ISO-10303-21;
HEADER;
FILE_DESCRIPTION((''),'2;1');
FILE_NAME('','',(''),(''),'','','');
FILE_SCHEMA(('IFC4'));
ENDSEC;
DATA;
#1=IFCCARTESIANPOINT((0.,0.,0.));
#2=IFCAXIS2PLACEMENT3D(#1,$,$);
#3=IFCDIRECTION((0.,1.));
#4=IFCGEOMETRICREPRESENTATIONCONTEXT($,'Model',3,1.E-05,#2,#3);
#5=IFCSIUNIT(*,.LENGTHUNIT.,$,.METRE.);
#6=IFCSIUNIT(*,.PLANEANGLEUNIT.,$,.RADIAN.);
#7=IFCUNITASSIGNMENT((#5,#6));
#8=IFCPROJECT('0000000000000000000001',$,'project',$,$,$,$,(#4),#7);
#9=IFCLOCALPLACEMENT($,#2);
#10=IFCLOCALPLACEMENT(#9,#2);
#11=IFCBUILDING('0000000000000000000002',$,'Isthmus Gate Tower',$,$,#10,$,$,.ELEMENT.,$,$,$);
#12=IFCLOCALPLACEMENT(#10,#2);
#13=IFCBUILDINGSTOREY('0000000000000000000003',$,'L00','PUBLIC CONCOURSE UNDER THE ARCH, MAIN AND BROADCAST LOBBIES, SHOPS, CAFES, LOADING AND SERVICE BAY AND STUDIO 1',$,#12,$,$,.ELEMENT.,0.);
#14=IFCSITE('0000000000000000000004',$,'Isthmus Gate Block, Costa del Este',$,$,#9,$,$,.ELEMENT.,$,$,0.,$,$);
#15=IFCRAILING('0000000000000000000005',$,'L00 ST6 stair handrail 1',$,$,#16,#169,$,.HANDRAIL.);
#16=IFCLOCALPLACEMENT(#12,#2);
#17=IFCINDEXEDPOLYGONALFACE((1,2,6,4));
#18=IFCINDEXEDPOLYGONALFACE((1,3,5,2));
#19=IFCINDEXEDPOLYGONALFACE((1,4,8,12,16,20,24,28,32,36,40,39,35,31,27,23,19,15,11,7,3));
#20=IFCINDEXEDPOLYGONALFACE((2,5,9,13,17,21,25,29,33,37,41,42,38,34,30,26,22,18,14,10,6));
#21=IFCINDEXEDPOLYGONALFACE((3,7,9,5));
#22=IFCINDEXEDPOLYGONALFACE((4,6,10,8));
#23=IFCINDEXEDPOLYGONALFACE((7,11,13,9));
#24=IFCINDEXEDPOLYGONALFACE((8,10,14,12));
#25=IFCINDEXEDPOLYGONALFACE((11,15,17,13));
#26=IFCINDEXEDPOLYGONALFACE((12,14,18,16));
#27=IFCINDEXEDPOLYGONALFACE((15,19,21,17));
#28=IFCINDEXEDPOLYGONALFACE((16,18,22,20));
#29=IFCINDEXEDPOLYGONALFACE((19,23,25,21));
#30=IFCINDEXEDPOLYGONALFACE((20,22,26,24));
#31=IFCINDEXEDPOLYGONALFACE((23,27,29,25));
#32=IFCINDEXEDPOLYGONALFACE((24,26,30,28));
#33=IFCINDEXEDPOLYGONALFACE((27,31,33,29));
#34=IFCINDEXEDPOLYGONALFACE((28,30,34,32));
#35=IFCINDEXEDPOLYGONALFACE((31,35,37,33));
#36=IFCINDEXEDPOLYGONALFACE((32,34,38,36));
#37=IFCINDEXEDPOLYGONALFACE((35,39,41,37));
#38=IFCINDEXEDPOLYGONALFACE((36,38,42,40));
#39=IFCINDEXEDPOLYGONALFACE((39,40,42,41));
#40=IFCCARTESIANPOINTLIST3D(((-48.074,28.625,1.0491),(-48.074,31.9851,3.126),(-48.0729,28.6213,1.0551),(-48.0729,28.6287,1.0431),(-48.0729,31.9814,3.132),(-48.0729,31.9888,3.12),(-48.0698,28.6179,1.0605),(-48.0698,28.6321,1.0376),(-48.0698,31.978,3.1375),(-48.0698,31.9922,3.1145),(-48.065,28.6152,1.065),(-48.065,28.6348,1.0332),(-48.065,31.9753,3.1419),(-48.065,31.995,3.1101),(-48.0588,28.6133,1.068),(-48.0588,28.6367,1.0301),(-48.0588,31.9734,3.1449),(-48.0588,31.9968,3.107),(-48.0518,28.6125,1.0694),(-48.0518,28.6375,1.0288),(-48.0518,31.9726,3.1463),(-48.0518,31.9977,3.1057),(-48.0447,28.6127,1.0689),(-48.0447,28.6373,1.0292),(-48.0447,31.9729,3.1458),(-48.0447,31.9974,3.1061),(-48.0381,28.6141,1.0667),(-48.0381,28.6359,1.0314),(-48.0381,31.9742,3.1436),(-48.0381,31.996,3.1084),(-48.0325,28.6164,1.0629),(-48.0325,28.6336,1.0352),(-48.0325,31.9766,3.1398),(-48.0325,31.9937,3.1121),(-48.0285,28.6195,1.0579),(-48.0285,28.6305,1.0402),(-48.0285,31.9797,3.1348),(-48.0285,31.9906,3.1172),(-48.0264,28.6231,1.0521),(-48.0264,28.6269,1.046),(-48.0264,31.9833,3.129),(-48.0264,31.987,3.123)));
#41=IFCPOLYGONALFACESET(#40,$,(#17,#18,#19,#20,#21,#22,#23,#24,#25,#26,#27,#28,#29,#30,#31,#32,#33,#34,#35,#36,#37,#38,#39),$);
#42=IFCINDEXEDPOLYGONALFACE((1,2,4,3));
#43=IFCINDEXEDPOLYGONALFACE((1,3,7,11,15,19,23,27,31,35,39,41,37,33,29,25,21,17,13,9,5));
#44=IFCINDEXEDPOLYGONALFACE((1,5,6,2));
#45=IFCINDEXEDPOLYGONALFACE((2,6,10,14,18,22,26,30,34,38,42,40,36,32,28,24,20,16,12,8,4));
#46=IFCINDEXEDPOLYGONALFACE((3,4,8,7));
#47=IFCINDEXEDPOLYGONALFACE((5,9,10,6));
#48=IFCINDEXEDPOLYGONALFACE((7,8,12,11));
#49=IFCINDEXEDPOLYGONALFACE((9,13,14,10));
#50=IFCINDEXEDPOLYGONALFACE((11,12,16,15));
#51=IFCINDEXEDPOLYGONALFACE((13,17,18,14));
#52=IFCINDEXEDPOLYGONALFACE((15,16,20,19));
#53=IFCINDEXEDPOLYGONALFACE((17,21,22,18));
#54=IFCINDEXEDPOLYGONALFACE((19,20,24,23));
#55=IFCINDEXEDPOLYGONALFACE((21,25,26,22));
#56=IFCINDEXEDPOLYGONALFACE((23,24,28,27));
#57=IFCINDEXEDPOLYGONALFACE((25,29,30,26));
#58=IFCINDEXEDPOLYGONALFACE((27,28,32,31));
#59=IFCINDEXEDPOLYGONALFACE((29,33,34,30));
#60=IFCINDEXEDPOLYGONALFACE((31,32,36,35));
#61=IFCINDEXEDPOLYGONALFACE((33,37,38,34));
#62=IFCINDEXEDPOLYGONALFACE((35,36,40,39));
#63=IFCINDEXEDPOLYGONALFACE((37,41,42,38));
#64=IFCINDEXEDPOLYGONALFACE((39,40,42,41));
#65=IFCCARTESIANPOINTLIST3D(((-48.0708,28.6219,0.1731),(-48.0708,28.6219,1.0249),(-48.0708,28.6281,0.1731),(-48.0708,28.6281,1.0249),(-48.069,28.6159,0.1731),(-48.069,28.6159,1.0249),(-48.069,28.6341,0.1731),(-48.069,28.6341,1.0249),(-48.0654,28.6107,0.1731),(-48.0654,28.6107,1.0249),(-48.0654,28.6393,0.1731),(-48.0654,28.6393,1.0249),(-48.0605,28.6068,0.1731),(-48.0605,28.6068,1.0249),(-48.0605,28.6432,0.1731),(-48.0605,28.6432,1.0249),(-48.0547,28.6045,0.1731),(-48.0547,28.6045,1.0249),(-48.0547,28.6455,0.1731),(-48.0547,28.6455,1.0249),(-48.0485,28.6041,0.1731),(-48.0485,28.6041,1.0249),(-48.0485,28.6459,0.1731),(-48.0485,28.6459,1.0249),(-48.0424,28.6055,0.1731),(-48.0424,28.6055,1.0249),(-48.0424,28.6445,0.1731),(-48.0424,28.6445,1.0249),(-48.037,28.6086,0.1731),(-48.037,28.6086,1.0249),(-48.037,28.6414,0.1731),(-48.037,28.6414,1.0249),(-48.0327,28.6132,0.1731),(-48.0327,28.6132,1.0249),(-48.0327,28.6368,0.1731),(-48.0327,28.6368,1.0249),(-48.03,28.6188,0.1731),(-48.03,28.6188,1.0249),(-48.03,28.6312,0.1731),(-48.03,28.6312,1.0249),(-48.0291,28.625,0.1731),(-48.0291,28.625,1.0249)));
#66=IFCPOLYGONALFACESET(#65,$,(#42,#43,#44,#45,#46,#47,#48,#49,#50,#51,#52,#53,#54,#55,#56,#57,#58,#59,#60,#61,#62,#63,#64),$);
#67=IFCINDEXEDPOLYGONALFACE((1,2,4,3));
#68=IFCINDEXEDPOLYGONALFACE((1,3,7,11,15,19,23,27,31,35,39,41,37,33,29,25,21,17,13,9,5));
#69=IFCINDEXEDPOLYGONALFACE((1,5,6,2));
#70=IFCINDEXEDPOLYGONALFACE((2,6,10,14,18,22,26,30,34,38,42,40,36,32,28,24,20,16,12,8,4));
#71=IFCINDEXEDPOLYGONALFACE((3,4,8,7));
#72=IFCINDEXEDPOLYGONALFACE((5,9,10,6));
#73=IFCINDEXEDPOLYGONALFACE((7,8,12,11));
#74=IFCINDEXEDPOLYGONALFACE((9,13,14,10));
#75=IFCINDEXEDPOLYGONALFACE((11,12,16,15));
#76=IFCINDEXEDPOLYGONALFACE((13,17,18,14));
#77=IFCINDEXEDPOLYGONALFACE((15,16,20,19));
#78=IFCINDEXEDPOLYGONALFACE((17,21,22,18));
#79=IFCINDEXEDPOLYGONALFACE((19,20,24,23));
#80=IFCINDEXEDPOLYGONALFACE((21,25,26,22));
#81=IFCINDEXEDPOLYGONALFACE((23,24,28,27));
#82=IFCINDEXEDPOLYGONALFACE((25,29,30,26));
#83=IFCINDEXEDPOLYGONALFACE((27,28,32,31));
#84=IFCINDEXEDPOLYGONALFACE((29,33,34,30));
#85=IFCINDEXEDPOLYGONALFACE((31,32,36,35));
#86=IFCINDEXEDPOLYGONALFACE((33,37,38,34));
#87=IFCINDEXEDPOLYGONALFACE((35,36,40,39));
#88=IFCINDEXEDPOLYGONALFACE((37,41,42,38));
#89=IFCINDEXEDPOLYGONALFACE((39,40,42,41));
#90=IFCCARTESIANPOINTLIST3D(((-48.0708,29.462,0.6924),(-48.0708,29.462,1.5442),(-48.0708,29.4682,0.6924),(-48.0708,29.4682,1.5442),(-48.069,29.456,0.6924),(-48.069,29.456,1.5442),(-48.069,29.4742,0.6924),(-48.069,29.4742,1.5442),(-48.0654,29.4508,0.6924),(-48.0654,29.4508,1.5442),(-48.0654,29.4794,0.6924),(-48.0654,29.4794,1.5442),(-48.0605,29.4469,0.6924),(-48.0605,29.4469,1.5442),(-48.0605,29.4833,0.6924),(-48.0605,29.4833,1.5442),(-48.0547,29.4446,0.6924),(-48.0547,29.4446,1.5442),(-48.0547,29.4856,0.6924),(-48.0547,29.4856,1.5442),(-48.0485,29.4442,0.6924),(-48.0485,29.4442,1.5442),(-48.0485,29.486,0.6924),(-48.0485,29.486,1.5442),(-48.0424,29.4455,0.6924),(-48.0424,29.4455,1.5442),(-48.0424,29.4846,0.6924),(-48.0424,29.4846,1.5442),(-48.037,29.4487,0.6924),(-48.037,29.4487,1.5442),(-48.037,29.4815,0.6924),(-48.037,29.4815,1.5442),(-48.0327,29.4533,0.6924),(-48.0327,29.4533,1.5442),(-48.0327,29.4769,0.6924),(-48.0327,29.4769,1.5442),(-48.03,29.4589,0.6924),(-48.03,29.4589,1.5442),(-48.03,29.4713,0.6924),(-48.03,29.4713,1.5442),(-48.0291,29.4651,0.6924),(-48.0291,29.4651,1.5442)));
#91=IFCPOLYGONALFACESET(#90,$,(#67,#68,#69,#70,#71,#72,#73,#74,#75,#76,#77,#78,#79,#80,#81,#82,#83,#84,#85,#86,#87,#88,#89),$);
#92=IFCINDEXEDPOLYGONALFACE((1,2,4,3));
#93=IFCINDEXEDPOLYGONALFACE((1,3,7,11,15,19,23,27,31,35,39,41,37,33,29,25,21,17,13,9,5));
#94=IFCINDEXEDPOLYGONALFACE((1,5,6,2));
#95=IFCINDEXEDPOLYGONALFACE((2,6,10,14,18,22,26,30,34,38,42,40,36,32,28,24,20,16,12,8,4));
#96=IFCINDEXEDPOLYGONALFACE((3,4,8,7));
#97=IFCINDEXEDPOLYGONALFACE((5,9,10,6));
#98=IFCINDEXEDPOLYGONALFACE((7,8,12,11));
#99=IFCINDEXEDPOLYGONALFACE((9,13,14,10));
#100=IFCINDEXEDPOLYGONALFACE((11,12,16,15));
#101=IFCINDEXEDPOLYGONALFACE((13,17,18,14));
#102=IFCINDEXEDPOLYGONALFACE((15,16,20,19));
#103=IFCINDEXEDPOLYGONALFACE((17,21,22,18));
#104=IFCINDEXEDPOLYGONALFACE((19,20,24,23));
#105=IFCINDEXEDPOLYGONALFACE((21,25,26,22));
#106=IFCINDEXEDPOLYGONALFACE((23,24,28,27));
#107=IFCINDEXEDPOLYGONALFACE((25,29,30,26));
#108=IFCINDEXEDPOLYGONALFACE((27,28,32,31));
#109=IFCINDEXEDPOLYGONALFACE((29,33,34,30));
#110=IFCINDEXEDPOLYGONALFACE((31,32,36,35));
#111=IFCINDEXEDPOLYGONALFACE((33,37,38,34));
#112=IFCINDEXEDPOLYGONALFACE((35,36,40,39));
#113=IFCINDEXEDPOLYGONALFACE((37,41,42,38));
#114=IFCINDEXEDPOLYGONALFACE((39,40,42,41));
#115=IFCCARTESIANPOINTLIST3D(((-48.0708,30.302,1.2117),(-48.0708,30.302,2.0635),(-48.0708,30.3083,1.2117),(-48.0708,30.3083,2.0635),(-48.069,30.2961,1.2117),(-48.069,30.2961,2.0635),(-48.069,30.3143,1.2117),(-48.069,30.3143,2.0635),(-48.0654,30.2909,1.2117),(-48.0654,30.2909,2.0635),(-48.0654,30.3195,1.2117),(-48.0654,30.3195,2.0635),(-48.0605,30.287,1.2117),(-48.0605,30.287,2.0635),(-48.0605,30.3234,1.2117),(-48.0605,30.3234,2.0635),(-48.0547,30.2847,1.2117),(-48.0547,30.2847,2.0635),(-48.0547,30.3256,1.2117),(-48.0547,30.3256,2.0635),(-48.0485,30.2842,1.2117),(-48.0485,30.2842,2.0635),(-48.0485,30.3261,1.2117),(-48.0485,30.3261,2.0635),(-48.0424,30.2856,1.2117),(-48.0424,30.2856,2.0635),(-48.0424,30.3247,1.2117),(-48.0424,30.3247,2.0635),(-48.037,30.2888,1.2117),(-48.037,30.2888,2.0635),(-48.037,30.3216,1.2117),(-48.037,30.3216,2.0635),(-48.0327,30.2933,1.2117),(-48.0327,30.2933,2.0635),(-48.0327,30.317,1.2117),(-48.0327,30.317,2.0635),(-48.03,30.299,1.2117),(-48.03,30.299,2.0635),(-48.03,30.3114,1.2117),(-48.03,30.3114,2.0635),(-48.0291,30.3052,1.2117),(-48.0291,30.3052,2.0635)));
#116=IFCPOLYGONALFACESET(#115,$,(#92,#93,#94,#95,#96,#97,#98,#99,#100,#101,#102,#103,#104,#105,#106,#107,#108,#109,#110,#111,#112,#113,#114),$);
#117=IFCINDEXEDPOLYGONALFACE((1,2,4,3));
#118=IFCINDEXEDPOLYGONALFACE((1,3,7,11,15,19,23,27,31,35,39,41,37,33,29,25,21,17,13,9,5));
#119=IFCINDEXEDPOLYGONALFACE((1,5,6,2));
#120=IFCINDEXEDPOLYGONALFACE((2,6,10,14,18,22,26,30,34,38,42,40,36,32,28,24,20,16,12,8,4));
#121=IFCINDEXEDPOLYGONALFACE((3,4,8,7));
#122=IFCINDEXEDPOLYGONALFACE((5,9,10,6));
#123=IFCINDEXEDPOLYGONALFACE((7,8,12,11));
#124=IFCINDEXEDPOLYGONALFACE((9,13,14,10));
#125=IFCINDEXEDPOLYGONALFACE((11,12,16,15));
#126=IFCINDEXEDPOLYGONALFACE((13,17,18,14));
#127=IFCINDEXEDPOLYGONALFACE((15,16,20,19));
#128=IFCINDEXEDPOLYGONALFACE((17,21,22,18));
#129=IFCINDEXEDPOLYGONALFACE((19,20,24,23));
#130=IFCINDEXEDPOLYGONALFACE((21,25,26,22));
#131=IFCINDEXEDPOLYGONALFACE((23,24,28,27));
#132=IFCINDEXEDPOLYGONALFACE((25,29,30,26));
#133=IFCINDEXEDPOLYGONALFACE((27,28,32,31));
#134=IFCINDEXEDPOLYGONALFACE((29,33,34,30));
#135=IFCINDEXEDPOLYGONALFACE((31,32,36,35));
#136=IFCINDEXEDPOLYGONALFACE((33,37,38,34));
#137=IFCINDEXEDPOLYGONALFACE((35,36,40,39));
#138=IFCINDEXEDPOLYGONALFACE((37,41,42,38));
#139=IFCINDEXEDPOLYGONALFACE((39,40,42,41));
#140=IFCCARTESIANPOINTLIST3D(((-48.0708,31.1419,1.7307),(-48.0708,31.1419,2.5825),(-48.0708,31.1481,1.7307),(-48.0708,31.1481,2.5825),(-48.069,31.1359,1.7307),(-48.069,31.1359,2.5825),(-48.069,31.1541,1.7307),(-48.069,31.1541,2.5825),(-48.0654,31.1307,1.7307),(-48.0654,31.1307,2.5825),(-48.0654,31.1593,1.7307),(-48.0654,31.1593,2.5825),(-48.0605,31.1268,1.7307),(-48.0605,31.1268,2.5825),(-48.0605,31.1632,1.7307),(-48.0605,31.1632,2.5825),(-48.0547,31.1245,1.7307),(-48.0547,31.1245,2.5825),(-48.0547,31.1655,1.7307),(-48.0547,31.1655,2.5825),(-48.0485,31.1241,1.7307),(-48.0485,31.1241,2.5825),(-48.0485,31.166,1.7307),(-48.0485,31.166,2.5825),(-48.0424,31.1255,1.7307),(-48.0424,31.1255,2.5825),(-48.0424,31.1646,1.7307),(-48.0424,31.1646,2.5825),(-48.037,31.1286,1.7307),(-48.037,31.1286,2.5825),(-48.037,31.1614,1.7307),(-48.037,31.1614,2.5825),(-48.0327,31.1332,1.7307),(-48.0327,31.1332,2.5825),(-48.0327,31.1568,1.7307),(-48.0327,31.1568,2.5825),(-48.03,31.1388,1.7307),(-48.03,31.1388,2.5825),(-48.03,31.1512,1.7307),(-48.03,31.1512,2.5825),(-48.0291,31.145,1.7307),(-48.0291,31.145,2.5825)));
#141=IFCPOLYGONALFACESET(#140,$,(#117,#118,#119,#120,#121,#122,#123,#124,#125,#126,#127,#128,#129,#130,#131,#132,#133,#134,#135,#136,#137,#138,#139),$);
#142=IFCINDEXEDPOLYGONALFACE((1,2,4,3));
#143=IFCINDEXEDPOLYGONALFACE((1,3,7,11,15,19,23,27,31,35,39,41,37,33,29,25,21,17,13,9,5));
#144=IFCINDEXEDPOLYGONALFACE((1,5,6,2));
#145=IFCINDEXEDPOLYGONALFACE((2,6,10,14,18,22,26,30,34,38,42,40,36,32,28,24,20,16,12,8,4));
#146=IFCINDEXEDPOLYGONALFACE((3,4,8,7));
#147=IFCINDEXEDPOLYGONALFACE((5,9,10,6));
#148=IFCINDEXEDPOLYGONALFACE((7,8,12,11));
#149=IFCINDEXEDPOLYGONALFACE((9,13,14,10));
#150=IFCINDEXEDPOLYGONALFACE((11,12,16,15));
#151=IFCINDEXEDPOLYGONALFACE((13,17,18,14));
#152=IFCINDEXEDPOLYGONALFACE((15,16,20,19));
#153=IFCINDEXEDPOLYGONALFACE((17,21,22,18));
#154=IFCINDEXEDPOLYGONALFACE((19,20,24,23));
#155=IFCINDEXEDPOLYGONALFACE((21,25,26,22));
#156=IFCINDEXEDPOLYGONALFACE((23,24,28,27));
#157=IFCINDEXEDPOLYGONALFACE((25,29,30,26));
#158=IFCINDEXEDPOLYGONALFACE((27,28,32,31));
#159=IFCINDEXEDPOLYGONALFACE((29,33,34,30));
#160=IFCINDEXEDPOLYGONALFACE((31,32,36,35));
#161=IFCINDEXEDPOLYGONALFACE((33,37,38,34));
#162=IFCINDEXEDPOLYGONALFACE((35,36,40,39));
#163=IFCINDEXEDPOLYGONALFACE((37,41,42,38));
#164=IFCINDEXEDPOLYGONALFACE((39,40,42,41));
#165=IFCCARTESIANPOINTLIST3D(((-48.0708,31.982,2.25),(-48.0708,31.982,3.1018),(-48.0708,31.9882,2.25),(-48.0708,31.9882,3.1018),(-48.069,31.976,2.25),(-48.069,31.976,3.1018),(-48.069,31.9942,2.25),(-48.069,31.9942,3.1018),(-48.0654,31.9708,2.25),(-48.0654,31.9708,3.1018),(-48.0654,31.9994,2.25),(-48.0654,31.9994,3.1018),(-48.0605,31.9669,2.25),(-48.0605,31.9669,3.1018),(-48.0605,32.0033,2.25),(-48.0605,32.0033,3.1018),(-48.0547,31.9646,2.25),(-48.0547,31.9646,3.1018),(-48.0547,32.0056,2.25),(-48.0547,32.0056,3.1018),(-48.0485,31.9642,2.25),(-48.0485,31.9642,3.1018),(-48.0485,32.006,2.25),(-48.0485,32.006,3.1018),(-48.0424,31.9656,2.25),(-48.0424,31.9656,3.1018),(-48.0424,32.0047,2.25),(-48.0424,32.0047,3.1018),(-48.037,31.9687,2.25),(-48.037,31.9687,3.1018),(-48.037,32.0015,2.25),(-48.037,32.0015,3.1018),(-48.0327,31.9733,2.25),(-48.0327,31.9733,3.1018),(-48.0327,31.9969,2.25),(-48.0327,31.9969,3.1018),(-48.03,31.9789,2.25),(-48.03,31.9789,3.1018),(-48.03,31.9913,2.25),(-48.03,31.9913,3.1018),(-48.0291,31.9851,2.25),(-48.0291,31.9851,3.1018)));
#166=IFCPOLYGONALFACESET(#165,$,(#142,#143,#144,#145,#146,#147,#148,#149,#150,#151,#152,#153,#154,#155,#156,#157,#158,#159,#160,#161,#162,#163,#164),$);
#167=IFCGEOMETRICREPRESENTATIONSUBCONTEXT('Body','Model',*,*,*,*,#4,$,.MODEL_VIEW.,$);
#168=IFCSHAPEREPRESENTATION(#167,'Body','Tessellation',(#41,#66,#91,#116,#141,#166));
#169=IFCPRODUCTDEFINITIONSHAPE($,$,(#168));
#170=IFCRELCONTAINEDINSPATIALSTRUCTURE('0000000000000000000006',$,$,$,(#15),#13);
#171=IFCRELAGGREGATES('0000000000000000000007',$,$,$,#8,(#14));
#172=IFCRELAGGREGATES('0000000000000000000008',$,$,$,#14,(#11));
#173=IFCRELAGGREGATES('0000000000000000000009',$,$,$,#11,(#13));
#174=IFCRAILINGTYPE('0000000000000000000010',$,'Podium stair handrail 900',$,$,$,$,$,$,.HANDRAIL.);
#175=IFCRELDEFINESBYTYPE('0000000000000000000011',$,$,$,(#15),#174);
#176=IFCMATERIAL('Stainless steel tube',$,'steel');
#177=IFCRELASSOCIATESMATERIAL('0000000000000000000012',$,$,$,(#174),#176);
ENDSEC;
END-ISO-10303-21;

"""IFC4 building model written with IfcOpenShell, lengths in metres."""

from ifc_helpers import new_model, si_unit, direction, frame, origin, origin_2d, place, context, subcontext, project, spatial, circle, extrude, material, type_object, element, save


model = new_model("IFC4")

# Units and contexts
model_context = context("Model", 3, precision=1e-05, world=origin(), true_north=direction((0.0, 1.0)))
body_context = subcontext(model_context, "Body", "Model", "MODEL_VIEW")
ifc_project = project(units=[si_unit("LENGTHUNIT", "METRE"), si_unit("PLANEANGLEUNIT", "RADIAN")], contexts=[model_context])

# Site, building, storey
site_placement = place(None, origin())
site = spatial("IfcSite", under=ifc_project, at=site_placement, Name="Isthmus Gate Block, Costa del Este", CompositionType="ELEMENT", RefElevation=0.0)
building_placement = place(site_placement, origin())
building = spatial("IfcBuilding", under=site, at=building_placement, Name="Isthmus Gate Tower", CompositionType="ELEMENT")
storey_placement = place(building_placement, origin())
storey = spatial("IfcBuildingStorey", under=building, at=storey_placement, Name="L00", Description="PUBLIC CONCOURSE UNDER THE ARCH, MAIN AND BROADCAST LOBBIES, SHOPS, CAFES, LOADING AND SERVICE BAY AND STUDIO 1", CompositionType="ELEMENT", Elevation=0.0)

# Railing
ifc_material_1 = material(Name="Stainless steel tube", Category="steel")
railing_type_1 = type_object("IfcRailingType", Name="Podium stair handrail 900", PredefinedType="HANDRAIL", material=ifc_material_1)
for number, where, name in (
    (1, (-48.05, 28.625, 0.1731), "L00 ST6 stair handrail 1"),
):
    element("IfcRailing", number, at=place(storey_placement, frame(where)), inside=storey, type_object=railing_type_1, Name=name, PredefinedType="HANDRAIL", context=body_context, shape_type="SweptSolid", body=[
        extrude(circle(Radius=0.0239, at=origin_2d()), frame((0.0, 0.0, 0.876), z_axis=(0.0, 0.850623, 0.525776), x_axis=(-1.0, 0.0, 0.0)), (0.0, 0.0, 1.0), 3.9502),
        extrude(circle(Radius=0.021, at=origin_2d()), origin(), (0.0, 0.0, 1.0), 0.8518),
        extrude(circle(Radius=0.021, at=origin_2d()), frame((0.0, 0.8401, 0.5193)), (0.0, 0.0, 1.0), 0.8518),
        extrude(circle(Radius=0.021, at=origin_2d()), frame((0.0, 1.6802, 1.0386)), (0.0, 0.0, 1.0), 0.8518),
        extrude(circle(Radius=0.021, at=origin_2d()), frame((0.0, 2.52, 1.5576)), (0.0, 0.0, 1.0), 0.8518),
        extrude(circle(Radius=0.021, at=origin_2d()), frame((0.0, 3.3601, 2.0769)), (0.0, 0.0, 1.0), 0.8518),
    ])

save(model, "model.ifc")
